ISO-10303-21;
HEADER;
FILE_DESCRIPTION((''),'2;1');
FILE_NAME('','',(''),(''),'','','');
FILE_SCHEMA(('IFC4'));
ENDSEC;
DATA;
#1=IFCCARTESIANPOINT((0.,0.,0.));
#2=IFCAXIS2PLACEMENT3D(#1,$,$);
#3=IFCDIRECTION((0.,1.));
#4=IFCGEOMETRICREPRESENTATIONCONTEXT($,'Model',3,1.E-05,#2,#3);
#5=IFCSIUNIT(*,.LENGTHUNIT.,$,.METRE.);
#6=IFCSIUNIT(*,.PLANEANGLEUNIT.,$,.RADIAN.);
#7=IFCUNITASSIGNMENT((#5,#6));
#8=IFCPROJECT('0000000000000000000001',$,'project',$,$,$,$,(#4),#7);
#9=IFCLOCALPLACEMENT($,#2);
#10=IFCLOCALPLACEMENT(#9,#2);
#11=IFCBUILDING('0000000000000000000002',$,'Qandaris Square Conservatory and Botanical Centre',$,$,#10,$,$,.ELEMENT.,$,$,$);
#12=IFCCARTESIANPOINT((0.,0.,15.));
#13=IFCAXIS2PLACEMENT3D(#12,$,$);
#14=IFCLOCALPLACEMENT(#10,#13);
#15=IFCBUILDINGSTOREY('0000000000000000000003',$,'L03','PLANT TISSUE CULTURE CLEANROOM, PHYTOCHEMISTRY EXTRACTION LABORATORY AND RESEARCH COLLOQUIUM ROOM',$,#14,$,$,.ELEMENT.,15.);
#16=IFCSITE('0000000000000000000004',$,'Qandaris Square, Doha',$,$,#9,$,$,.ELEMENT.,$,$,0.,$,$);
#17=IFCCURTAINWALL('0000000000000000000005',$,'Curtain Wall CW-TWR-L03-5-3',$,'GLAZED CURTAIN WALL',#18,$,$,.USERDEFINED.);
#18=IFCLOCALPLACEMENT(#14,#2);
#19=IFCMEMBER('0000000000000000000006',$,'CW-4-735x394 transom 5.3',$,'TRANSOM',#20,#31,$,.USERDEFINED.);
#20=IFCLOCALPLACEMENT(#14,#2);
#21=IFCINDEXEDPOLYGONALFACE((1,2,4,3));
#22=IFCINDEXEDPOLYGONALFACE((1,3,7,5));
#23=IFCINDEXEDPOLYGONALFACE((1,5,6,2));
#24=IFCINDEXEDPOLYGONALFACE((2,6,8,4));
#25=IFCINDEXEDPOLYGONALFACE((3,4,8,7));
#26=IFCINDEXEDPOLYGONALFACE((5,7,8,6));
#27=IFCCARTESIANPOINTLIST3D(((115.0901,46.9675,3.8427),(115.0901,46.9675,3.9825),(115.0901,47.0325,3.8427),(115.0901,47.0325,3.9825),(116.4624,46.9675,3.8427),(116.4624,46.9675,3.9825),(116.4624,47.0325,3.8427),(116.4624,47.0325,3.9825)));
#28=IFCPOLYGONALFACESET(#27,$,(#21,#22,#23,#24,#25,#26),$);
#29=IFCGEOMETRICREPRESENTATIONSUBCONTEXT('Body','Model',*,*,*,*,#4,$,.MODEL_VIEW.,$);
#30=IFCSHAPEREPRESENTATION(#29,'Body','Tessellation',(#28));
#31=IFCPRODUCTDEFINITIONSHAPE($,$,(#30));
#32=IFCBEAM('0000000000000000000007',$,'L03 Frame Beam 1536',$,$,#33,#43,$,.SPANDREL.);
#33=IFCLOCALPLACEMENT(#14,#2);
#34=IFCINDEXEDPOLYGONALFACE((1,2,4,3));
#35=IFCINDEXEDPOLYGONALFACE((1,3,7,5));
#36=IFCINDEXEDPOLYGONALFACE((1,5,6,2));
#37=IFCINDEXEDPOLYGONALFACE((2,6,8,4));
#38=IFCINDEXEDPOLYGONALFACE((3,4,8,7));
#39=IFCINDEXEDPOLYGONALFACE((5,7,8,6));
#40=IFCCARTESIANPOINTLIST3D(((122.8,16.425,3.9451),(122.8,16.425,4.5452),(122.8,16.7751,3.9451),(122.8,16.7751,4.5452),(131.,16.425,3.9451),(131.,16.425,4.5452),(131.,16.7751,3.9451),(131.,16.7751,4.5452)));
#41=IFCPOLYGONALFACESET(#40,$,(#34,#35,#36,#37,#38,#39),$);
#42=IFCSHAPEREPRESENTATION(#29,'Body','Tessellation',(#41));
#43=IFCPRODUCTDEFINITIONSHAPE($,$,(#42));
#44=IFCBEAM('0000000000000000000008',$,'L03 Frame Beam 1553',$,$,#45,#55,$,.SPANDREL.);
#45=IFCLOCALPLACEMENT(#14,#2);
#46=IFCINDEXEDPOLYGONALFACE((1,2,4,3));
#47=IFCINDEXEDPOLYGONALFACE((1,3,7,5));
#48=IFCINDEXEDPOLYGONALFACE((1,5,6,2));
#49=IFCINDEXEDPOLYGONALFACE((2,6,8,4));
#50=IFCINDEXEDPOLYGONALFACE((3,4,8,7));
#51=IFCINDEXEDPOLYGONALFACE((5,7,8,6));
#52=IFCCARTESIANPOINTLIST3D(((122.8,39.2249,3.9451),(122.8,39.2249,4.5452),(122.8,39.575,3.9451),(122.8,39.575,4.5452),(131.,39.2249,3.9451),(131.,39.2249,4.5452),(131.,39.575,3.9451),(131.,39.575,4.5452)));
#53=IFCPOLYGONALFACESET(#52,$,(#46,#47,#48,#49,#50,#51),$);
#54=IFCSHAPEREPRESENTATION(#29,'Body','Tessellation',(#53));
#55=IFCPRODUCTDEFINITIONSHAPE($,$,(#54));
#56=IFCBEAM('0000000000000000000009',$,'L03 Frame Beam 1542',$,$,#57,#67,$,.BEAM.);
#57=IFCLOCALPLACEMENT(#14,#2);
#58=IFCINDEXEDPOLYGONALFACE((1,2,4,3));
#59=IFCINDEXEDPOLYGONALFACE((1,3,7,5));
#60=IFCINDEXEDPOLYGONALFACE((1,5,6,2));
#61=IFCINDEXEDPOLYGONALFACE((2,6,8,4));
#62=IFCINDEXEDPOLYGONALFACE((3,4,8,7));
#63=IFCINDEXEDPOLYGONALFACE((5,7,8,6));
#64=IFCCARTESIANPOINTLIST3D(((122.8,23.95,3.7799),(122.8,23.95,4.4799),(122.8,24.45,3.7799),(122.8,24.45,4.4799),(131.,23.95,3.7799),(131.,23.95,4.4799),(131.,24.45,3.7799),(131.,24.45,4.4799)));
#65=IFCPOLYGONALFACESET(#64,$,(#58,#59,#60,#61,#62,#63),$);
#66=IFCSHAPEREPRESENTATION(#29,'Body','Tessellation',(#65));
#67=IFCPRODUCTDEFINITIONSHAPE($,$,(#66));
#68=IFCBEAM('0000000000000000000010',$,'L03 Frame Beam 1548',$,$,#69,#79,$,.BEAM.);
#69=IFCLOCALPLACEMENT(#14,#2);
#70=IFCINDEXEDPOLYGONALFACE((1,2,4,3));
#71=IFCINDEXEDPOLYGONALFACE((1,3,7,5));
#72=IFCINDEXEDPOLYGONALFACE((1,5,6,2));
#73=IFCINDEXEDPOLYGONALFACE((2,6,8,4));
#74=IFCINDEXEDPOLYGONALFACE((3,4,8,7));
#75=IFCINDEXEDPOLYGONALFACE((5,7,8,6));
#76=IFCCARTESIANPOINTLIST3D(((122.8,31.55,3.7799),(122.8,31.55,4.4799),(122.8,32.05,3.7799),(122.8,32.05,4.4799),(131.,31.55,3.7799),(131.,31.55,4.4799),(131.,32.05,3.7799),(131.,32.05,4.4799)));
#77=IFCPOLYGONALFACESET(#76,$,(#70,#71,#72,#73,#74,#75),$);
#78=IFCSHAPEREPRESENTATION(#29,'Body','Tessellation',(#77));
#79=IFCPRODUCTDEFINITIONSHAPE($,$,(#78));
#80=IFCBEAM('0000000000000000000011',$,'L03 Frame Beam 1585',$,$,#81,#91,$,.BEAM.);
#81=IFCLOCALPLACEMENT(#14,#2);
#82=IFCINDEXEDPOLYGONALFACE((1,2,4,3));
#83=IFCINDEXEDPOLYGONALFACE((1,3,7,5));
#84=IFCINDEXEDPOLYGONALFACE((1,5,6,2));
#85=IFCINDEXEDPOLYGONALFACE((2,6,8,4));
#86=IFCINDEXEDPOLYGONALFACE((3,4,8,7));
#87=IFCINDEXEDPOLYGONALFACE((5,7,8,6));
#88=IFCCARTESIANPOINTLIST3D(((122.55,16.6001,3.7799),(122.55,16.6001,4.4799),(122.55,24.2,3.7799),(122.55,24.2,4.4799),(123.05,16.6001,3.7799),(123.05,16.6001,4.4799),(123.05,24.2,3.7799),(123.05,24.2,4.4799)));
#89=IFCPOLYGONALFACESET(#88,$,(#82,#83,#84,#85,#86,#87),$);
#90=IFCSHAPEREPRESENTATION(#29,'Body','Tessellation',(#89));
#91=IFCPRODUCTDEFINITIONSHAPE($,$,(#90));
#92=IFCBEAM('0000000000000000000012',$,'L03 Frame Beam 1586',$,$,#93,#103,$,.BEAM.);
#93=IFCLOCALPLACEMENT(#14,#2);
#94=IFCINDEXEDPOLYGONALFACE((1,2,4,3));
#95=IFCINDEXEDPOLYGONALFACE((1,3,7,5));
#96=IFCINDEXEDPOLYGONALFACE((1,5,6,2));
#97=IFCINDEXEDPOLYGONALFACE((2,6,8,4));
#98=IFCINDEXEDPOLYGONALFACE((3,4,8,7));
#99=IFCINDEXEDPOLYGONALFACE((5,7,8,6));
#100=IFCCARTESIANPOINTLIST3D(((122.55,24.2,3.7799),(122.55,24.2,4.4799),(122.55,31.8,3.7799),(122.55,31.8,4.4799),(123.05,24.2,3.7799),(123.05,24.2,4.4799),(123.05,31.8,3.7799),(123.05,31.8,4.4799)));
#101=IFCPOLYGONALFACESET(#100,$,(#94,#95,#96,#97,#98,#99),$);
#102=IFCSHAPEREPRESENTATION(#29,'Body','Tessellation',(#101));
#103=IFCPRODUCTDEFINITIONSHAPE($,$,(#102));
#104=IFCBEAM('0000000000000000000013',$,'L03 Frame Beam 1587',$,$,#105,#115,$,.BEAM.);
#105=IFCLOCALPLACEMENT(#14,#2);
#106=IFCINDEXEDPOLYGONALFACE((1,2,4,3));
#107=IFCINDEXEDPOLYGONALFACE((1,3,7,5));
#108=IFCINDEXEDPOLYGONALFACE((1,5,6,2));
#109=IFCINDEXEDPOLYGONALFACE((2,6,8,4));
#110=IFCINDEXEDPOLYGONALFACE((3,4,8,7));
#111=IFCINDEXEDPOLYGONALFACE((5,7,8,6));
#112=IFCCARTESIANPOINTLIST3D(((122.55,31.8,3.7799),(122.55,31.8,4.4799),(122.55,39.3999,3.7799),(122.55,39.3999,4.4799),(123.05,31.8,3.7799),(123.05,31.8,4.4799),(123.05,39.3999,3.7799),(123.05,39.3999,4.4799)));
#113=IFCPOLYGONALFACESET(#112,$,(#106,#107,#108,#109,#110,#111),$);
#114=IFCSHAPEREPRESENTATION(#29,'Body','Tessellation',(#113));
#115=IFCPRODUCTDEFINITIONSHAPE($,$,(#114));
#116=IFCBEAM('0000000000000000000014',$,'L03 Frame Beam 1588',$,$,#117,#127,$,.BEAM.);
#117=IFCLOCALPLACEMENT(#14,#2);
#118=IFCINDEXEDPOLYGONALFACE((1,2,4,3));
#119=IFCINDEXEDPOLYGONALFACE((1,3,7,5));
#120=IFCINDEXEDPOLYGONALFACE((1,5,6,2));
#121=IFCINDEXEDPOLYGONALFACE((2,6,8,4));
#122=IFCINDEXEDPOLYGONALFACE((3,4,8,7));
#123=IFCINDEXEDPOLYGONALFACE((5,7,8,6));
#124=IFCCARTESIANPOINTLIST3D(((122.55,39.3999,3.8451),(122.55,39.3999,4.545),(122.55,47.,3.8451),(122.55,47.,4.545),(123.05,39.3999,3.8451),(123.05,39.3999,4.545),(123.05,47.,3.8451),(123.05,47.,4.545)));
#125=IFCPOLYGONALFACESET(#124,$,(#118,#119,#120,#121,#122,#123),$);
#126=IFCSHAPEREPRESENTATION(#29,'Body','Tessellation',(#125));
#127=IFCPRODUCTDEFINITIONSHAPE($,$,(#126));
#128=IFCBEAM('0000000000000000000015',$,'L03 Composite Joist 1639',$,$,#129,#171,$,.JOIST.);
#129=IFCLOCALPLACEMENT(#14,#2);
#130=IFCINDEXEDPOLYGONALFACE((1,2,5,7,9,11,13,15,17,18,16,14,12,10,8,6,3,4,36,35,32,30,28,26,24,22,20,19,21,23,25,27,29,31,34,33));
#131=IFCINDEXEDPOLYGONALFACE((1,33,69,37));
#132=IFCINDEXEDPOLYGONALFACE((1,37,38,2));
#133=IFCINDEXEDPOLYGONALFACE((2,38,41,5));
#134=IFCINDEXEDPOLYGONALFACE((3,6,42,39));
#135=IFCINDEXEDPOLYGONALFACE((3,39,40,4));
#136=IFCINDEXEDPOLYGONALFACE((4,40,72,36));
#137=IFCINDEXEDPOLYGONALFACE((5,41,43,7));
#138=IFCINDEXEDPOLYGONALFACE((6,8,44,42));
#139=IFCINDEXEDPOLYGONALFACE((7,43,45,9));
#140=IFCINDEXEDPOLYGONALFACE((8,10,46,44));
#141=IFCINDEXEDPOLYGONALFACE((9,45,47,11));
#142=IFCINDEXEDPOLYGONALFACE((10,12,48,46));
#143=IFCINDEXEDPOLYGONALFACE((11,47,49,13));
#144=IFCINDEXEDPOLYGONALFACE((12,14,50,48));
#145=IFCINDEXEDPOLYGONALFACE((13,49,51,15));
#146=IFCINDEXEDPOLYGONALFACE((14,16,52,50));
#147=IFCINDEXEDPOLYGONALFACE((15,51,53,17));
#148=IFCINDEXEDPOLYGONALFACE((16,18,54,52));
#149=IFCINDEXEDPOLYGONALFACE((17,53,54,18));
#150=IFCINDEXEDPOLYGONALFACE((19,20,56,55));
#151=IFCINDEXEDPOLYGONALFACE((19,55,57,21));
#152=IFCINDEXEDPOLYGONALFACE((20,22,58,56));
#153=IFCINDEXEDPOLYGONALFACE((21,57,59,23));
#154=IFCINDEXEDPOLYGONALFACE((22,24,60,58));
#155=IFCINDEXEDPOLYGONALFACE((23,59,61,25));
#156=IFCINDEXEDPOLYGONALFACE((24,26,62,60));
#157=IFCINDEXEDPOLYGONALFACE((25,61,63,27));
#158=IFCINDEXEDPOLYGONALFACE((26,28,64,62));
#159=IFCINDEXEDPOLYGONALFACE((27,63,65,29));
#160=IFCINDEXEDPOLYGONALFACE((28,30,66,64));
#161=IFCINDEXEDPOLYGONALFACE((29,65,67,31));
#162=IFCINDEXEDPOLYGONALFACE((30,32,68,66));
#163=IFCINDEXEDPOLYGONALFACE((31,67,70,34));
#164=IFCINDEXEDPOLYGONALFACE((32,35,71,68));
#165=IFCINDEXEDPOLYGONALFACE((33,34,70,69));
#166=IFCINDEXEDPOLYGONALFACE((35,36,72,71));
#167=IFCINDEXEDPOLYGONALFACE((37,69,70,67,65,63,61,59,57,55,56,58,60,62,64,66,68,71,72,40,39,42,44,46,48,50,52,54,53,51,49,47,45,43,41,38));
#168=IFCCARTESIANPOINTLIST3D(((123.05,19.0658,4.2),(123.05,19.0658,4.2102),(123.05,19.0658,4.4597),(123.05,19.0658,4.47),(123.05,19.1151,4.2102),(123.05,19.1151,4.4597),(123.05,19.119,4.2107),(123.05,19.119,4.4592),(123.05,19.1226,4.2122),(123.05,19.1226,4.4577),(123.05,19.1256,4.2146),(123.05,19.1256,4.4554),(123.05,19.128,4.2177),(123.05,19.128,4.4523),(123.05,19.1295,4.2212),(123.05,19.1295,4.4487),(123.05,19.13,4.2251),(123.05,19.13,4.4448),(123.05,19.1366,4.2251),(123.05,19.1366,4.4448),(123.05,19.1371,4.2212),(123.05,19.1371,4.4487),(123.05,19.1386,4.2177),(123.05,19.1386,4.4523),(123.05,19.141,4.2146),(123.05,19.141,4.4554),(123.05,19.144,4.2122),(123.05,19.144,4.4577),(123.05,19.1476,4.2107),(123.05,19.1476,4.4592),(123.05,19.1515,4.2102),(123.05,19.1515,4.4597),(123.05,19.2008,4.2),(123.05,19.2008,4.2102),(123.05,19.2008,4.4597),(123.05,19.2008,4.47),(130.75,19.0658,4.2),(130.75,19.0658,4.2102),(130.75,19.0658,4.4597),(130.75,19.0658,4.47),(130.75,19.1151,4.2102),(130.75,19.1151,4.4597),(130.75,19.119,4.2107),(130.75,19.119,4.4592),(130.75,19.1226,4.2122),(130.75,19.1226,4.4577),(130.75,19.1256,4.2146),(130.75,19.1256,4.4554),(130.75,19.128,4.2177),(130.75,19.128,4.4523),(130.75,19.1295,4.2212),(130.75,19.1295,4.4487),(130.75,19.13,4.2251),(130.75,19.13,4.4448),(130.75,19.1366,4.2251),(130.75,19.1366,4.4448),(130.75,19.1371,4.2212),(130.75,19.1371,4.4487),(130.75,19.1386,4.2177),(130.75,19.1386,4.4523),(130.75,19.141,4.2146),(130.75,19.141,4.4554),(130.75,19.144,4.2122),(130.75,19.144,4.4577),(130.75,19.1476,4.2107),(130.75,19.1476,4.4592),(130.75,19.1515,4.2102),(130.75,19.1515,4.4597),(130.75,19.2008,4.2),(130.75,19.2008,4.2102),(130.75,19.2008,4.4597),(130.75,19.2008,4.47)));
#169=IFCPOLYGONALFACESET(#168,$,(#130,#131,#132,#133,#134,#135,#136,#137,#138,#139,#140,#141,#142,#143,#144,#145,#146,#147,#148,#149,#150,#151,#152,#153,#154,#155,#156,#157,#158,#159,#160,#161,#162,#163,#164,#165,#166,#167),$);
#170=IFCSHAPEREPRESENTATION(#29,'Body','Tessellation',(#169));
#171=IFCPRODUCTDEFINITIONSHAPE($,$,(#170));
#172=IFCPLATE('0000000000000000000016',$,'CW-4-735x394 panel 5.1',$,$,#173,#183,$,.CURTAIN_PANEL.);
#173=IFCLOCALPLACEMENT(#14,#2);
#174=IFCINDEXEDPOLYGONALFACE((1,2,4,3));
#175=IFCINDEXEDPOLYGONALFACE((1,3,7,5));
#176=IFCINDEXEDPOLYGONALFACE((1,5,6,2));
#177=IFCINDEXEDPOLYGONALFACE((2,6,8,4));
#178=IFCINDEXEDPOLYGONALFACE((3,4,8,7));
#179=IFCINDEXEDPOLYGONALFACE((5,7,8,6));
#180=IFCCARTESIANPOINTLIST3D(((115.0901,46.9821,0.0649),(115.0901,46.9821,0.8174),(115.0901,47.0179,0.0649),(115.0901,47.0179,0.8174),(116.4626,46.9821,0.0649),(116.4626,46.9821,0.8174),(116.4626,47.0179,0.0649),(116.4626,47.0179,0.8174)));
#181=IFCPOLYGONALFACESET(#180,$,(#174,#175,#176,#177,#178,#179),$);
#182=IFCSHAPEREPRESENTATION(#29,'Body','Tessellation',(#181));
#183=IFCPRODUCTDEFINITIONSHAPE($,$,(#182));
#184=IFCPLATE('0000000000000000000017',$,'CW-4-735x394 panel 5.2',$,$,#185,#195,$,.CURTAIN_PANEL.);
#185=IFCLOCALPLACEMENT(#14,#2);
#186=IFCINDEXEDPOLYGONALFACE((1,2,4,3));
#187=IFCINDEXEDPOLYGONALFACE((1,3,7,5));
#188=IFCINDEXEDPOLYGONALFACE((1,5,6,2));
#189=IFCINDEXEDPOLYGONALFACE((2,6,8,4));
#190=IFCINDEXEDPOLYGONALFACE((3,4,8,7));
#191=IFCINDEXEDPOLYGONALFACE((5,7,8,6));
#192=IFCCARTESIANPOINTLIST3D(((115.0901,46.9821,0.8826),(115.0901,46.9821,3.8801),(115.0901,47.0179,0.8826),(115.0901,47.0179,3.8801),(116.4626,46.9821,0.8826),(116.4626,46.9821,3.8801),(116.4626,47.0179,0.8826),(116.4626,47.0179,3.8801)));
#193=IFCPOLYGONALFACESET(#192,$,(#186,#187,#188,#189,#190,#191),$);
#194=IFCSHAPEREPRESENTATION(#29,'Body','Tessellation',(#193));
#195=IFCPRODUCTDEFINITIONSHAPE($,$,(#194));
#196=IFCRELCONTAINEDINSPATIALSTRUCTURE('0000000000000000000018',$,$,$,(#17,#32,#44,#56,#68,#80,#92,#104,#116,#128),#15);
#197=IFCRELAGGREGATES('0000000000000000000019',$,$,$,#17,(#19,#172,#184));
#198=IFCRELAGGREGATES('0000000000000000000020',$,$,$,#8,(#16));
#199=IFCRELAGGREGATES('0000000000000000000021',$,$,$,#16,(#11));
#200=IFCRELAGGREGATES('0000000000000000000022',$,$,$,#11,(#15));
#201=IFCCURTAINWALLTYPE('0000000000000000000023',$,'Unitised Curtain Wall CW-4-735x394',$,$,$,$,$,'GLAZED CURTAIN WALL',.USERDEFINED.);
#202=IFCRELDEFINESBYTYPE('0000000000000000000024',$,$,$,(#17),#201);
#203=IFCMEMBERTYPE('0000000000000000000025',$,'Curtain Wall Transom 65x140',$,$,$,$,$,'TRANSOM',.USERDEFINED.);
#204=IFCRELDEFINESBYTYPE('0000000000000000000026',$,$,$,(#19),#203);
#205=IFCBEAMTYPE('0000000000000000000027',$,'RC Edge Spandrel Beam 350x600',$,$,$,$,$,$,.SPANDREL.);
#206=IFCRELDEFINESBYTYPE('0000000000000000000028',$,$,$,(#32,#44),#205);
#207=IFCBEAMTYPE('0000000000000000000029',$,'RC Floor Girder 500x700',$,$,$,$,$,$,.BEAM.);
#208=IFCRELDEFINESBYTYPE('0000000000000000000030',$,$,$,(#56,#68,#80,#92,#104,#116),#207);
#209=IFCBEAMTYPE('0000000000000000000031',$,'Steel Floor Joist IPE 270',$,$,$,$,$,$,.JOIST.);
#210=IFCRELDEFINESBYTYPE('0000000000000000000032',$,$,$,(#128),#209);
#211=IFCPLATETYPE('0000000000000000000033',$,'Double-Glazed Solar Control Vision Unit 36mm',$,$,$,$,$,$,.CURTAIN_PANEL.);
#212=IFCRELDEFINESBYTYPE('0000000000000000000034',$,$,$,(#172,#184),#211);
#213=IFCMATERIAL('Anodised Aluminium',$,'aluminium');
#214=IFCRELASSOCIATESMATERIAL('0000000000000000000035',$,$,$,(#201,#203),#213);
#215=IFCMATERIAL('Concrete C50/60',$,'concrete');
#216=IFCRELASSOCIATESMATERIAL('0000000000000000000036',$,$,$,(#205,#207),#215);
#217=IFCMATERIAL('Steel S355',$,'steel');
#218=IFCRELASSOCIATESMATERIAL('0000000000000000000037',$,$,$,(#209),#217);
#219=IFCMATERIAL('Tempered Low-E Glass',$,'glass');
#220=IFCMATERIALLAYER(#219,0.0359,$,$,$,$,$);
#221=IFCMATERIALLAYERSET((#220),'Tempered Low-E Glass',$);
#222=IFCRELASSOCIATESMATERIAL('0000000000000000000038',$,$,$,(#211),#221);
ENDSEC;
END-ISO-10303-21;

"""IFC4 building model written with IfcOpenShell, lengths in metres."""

from ifc_helpers import new_model, si_unit, direction, frame, origin, origin_2d, place, context, subcontext, project, spatial, rectangle, i_section, extrude, material, layer, layer_set, material_profile, profile_set, type_object, element, aggregate, save


model = new_model("IFC4")

# Units and contexts
model_context = context("Model", 3, precision=1e-05, world=origin(), true_north=direction((0.0, 1.0)))
body_context = subcontext(model_context, "Body", "Model", "MODEL_VIEW")
ifc_project = project(units=[si_unit("LENGTHUNIT", "METRE"), si_unit("PLANEANGLEUNIT", "RADIAN")], contexts=[model_context])

# Site, building, storey
site_placement = place(None, origin())
site = spatial("IfcSite", under=ifc_project, at=site_placement, Name="Qandaris Square, Doha", CompositionType="ELEMENT", RefElevation=0.0)
building_placement = place(site_placement, origin())
building = spatial("IfcBuilding", under=site, at=building_placement, Name="Qandaris Square Conservatory and Botanical Centre", CompositionType="ELEMENT")
storey_placement = place(building_placement, frame((0.0, 0.0, 15.0)))
storey = spatial("IfcBuildingStorey", under=building, at=storey_placement, Name="L03", Description="PLANT TISSUE CULTURE CLEANROOM, PHYTOCHEMISTRY EXTRACTION LABORATORY AND RESEARCH COLLOQUIUM ROOM", CompositionType="ELEMENT", Elevation=15.0)

# Shared definitions
ifc_material_1 = material(Name="Concrete C50/60", Category="concrete")

# Shared definitions
ifc_material_2 = material(Name="Steel S355", Category="steel")

# Curtain wall, member
ifc_material_3 = material(Name="Anodised Aluminium", Category="aluminium")
curtain_wall_type = type_object("IfcCurtainWallType", Name="Unitised Curtain Wall CW-4-735x394", ElementType="GLAZED CURTAIN WALL", PredefinedType="USERDEFINED", material=ifc_material_3)
curtain_wall_placement = place(storey_placement, origin())
curtain_wall = element("IfcCurtainWall", 1, at=curtain_wall_placement, inside=storey, type_object=curtain_wall_type, Name="Curtain Wall CW-TWR-L03-5-3", ObjectType="GLAZED CURTAIN WALL", PredefinedType="USERDEFINED")
ifc_material_profile_1 = material_profile(ifc_material_3, rectangle(XDim=0.0649, YDim=0.1399, at=origin_2d()), Name="ALU-TRN 65x140")
ifc_profile_set_1 = profile_set([ifc_material_profile_1], Name="Anodised Aluminium")
member_type_1 = type_object("IfcMemberType", Name="Curtain Wall Transom 65x140", ElementType="TRANSOM", PredefinedType="USERDEFINED", material=ifc_profile_set_1)
member_1_placement = place(storey_placement, frame((116.4624, 47.0, 3.9126), z_axis=(-1.0, 0.0, 0.0), x_axis=(0.0, -1.0, 0.0)))
member_1 = element("IfcMember", 2, at=member_1_placement, type_object=member_type_1, Name="CW-4-735x394 transom 5.3", ObjectType="TRANSOM", PredefinedType="USERDEFINED", context=body_context, shape_type="SweptSolid", body=[
    extrude(rectangle(XDim=0.0649, YDim=0.1399, at=origin_2d()), origin(), (0.0, 0.0, 1.0), 1.3723),
])

# Beams
ifc_material_profile_2 = material_profile(ifc_material_1, rectangle(XDim=0.3501, YDim=0.6001, at=origin_2d()), Name="RC-SP 350x600")
ifc_profile_set_2 = profile_set([ifc_material_profile_2], Name="Concrete C50/60")
beam_type_1 = type_object("IfcBeamType", Name="RC Edge Spandrel Beam 350x600", PredefinedType="SPANDREL", material=ifc_profile_set_2)
for number, where, z_axis, x_axis, name in (
    (3, (122.8, 16.6001, 4.2451), (1.0, 0.0, 0.0), (0.0, 1.0, 0.0), "L03 Frame Beam 1536"),
    (4, (122.8, 39.3999, 4.2451), (1.0, 0.0, 0.0), (0.0, 1.0, 0.0), "L03 Frame Beam 1553"),
):
    element("IfcBeam", number, at=place(storey_placement, frame(where, z_axis=z_axis, x_axis=x_axis)), inside=storey, type_object=beam_type_1, Name=name, PredefinedType="SPANDREL", context=body_context, shape_type="SweptSolid", body=[
        extrude(rectangle(XDim=0.3501, YDim=0.6001, at=origin_2d()), origin(), (0.0, 0.0, 1.0), 8.2),
    ])
ifc_material_profile_3 = material_profile(ifc_material_1, rectangle(XDim=0.5, YDim=0.7, at=origin_2d()), Name="RC-BM 500x700")
ifc_profile_set_3 = profile_set([ifc_material_profile_3], Name="Concrete C50/60")
beam_type_2 = type_object("IfcBeamType", Name="RC Floor Girder 500x700", PredefinedType="BEAM", material=ifc_profile_set_3)
for number, where, z_axis, x_axis, name in (
    (5, (122.8, 24.2, 4.1299), (1.0, 0.0, 0.0), (0.0, 1.0, 0.0), "L03 Frame Beam 1542"),
    (6, (122.8, 31.8, 4.1299), (1.0, 0.0, 0.0), (0.0, 1.0, 0.0), "L03 Frame Beam 1548"),
):
    element("IfcBeam", number, at=place(storey_placement, frame(where, z_axis=z_axis, x_axis=x_axis)), inside=storey, type_object=beam_type_2, Name=name, PredefinedType="BEAM", context=body_context, shape_type="SweptSolid", body=[
        extrude(rectangle(XDim=0.5, YDim=0.7, at=origin_2d()), origin(), (0.0, 0.0, 1.0), 8.2),
    ])
beam_1_placement = place(storey_placement, frame((122.8, 16.6001, 4.1299), z_axis=(0.0, 1.0, 0.0), x_axis=(-1.0, 0.0, 0.0)))
element("IfcBeam", 7, at=beam_1_placement, inside=storey, type_object=beam_type_2, Name="L03 Frame Beam 1585", PredefinedType="BEAM", context=body_context, shape_type="SweptSolid", body=[
    extrude(rectangle(XDim=0.5, YDim=0.7, at=origin_2d()), origin(), (0.0, 0.0, 1.0), 7.5999),
])
beam_2_placement = place(storey_placement, frame((122.8, 24.2, 4.1299), z_axis=(0.0, 1.0, 0.0), x_axis=(-1.0, 0.0, 0.0)))
element("IfcBeam", 8, at=beam_2_placement, inside=storey, type_object=beam_type_2, Name="L03 Frame Beam 1586", PredefinedType="BEAM", context=body_context, shape_type="SweptSolid", body=[
    extrude(rectangle(XDim=0.5, YDim=0.7, at=origin_2d()), origin(), (0.0, 0.0, 1.0), 7.6001),
])
beam_3_placement = place(storey_placement, frame((122.8, 31.8, 4.1299), z_axis=(0.0, 1.0, 0.0), x_axis=(-1.0, 0.0, 0.0)))
element("IfcBeam", 9, at=beam_3_placement, inside=storey, type_object=beam_type_2, Name="L03 Frame Beam 1587", PredefinedType="BEAM", context=body_context, shape_type="SweptSolid", body=[
    extrude(rectangle(XDim=0.5, YDim=0.7, at=origin_2d()), origin(), (0.0, 0.0, 1.0), 7.5999),
])
beam_4_placement = place(storey_placement, frame((122.8, 39.3999, 4.1951), z_axis=(0.0, 1.0, 0.0), x_axis=(-1.0, 0.0, 0.0)))
element("IfcBeam", 10, at=beam_4_placement, inside=storey, type_object=beam_type_2, Name="L03 Frame Beam 1588", PredefinedType="BEAM", context=body_context, shape_type="SweptSolid", body=[
    extrude(rectangle(XDim=0.5, YDim=0.7, at=origin_2d()), origin(), (0.0, 0.0, 1.0), 7.6001),
])
ifc_material_profile_4 = material_profile(ifc_material_2, i_section(OverallWidth=0.135, OverallDepth=0.27, WebThickness=0.0066, FlangeThickness=0.0103, FilletRadius=0.0149, at=origin_2d()), Name="IPE 270")
ifc_profile_set_4 = profile_set([ifc_material_profile_4], Name="Steel S355")
beam_type_3 = type_object("IfcBeamType", Name="Steel Floor Joist IPE 270", PredefinedType="JOIST", material=ifc_profile_set_4)
beam_5_placement = place(storey_placement, frame((123.05, 19.1333, 4.335), z_axis=(1.0, 0.0, 0.0), x_axis=(0.0, 1.0, 0.0)))
element("IfcBeam", 11, at=beam_5_placement, inside=storey, type_object=beam_type_3, Name="L03 Composite Joist 1639", PredefinedType="JOIST", context=body_context, shape_type="SweptSolid", body=[
    extrude(i_section(OverallWidth=0.135, OverallDepth=0.27, WebThickness=0.0066, FlangeThickness=0.0103, FilletRadius=0.0149, at=origin_2d()), origin(), (0.0, 0.0, 1.0), 7.7),
])

# Plates
ifc_material_4 = material(Name="Tempered Low-E Glass", Category="glass")
ifc_layer_1 = layer(ifc_material_4, 0.0359)
ifc_layer_set_1 = layer_set([ifc_layer_1], Name="Tempered Low-E Glass")
plate_type = type_object("IfcPlateType", Name="Double-Glazed Solar Control Vision Unit 36mm", PredefinedType="CURTAIN_PANEL", material=ifc_layer_set_1)
plate_1_placement = place(storey_placement, frame((115.7764, 47.0, 0.0649), z_axis=(0.0, 0.0, 1.0), x_axis=(-1.0, 0.0, 0.0)))
plate_1 = element("IfcPlate", 12, at=plate_1_placement, type_object=plate_type, Name="CW-4-735x394 panel 5.1", PredefinedType="CURTAIN_PANEL", context=body_context, shape_type="SweptSolid", body=[
    extrude(rectangle(XDim=1.3726, YDim=0.0359, at=origin_2d()), origin(), (0.0, 0.0, 1.0), 0.7524),
])
plate_2_placement = place(storey_placement, frame((115.7764, 47.0, 0.8826), z_axis=(0.0, 0.0, 1.0), x_axis=(-1.0, 0.0, 0.0)))
plate_2 = element("IfcPlate", 13, at=plate_2_placement, type_object=plate_type, Name="CW-4-735x394 panel 5.2", PredefinedType="CURTAIN_PANEL", context=body_context, shape_type="SweptSolid", body=[
    extrude(rectangle(XDim=1.3726, YDim=0.0359, at=origin_2d()), origin(), (0.0, 0.0, 1.0), 2.9976),
])
aggregate(curtain_wall, [member_1, plate_1, plate_2])

save(model, "model.ifc")
